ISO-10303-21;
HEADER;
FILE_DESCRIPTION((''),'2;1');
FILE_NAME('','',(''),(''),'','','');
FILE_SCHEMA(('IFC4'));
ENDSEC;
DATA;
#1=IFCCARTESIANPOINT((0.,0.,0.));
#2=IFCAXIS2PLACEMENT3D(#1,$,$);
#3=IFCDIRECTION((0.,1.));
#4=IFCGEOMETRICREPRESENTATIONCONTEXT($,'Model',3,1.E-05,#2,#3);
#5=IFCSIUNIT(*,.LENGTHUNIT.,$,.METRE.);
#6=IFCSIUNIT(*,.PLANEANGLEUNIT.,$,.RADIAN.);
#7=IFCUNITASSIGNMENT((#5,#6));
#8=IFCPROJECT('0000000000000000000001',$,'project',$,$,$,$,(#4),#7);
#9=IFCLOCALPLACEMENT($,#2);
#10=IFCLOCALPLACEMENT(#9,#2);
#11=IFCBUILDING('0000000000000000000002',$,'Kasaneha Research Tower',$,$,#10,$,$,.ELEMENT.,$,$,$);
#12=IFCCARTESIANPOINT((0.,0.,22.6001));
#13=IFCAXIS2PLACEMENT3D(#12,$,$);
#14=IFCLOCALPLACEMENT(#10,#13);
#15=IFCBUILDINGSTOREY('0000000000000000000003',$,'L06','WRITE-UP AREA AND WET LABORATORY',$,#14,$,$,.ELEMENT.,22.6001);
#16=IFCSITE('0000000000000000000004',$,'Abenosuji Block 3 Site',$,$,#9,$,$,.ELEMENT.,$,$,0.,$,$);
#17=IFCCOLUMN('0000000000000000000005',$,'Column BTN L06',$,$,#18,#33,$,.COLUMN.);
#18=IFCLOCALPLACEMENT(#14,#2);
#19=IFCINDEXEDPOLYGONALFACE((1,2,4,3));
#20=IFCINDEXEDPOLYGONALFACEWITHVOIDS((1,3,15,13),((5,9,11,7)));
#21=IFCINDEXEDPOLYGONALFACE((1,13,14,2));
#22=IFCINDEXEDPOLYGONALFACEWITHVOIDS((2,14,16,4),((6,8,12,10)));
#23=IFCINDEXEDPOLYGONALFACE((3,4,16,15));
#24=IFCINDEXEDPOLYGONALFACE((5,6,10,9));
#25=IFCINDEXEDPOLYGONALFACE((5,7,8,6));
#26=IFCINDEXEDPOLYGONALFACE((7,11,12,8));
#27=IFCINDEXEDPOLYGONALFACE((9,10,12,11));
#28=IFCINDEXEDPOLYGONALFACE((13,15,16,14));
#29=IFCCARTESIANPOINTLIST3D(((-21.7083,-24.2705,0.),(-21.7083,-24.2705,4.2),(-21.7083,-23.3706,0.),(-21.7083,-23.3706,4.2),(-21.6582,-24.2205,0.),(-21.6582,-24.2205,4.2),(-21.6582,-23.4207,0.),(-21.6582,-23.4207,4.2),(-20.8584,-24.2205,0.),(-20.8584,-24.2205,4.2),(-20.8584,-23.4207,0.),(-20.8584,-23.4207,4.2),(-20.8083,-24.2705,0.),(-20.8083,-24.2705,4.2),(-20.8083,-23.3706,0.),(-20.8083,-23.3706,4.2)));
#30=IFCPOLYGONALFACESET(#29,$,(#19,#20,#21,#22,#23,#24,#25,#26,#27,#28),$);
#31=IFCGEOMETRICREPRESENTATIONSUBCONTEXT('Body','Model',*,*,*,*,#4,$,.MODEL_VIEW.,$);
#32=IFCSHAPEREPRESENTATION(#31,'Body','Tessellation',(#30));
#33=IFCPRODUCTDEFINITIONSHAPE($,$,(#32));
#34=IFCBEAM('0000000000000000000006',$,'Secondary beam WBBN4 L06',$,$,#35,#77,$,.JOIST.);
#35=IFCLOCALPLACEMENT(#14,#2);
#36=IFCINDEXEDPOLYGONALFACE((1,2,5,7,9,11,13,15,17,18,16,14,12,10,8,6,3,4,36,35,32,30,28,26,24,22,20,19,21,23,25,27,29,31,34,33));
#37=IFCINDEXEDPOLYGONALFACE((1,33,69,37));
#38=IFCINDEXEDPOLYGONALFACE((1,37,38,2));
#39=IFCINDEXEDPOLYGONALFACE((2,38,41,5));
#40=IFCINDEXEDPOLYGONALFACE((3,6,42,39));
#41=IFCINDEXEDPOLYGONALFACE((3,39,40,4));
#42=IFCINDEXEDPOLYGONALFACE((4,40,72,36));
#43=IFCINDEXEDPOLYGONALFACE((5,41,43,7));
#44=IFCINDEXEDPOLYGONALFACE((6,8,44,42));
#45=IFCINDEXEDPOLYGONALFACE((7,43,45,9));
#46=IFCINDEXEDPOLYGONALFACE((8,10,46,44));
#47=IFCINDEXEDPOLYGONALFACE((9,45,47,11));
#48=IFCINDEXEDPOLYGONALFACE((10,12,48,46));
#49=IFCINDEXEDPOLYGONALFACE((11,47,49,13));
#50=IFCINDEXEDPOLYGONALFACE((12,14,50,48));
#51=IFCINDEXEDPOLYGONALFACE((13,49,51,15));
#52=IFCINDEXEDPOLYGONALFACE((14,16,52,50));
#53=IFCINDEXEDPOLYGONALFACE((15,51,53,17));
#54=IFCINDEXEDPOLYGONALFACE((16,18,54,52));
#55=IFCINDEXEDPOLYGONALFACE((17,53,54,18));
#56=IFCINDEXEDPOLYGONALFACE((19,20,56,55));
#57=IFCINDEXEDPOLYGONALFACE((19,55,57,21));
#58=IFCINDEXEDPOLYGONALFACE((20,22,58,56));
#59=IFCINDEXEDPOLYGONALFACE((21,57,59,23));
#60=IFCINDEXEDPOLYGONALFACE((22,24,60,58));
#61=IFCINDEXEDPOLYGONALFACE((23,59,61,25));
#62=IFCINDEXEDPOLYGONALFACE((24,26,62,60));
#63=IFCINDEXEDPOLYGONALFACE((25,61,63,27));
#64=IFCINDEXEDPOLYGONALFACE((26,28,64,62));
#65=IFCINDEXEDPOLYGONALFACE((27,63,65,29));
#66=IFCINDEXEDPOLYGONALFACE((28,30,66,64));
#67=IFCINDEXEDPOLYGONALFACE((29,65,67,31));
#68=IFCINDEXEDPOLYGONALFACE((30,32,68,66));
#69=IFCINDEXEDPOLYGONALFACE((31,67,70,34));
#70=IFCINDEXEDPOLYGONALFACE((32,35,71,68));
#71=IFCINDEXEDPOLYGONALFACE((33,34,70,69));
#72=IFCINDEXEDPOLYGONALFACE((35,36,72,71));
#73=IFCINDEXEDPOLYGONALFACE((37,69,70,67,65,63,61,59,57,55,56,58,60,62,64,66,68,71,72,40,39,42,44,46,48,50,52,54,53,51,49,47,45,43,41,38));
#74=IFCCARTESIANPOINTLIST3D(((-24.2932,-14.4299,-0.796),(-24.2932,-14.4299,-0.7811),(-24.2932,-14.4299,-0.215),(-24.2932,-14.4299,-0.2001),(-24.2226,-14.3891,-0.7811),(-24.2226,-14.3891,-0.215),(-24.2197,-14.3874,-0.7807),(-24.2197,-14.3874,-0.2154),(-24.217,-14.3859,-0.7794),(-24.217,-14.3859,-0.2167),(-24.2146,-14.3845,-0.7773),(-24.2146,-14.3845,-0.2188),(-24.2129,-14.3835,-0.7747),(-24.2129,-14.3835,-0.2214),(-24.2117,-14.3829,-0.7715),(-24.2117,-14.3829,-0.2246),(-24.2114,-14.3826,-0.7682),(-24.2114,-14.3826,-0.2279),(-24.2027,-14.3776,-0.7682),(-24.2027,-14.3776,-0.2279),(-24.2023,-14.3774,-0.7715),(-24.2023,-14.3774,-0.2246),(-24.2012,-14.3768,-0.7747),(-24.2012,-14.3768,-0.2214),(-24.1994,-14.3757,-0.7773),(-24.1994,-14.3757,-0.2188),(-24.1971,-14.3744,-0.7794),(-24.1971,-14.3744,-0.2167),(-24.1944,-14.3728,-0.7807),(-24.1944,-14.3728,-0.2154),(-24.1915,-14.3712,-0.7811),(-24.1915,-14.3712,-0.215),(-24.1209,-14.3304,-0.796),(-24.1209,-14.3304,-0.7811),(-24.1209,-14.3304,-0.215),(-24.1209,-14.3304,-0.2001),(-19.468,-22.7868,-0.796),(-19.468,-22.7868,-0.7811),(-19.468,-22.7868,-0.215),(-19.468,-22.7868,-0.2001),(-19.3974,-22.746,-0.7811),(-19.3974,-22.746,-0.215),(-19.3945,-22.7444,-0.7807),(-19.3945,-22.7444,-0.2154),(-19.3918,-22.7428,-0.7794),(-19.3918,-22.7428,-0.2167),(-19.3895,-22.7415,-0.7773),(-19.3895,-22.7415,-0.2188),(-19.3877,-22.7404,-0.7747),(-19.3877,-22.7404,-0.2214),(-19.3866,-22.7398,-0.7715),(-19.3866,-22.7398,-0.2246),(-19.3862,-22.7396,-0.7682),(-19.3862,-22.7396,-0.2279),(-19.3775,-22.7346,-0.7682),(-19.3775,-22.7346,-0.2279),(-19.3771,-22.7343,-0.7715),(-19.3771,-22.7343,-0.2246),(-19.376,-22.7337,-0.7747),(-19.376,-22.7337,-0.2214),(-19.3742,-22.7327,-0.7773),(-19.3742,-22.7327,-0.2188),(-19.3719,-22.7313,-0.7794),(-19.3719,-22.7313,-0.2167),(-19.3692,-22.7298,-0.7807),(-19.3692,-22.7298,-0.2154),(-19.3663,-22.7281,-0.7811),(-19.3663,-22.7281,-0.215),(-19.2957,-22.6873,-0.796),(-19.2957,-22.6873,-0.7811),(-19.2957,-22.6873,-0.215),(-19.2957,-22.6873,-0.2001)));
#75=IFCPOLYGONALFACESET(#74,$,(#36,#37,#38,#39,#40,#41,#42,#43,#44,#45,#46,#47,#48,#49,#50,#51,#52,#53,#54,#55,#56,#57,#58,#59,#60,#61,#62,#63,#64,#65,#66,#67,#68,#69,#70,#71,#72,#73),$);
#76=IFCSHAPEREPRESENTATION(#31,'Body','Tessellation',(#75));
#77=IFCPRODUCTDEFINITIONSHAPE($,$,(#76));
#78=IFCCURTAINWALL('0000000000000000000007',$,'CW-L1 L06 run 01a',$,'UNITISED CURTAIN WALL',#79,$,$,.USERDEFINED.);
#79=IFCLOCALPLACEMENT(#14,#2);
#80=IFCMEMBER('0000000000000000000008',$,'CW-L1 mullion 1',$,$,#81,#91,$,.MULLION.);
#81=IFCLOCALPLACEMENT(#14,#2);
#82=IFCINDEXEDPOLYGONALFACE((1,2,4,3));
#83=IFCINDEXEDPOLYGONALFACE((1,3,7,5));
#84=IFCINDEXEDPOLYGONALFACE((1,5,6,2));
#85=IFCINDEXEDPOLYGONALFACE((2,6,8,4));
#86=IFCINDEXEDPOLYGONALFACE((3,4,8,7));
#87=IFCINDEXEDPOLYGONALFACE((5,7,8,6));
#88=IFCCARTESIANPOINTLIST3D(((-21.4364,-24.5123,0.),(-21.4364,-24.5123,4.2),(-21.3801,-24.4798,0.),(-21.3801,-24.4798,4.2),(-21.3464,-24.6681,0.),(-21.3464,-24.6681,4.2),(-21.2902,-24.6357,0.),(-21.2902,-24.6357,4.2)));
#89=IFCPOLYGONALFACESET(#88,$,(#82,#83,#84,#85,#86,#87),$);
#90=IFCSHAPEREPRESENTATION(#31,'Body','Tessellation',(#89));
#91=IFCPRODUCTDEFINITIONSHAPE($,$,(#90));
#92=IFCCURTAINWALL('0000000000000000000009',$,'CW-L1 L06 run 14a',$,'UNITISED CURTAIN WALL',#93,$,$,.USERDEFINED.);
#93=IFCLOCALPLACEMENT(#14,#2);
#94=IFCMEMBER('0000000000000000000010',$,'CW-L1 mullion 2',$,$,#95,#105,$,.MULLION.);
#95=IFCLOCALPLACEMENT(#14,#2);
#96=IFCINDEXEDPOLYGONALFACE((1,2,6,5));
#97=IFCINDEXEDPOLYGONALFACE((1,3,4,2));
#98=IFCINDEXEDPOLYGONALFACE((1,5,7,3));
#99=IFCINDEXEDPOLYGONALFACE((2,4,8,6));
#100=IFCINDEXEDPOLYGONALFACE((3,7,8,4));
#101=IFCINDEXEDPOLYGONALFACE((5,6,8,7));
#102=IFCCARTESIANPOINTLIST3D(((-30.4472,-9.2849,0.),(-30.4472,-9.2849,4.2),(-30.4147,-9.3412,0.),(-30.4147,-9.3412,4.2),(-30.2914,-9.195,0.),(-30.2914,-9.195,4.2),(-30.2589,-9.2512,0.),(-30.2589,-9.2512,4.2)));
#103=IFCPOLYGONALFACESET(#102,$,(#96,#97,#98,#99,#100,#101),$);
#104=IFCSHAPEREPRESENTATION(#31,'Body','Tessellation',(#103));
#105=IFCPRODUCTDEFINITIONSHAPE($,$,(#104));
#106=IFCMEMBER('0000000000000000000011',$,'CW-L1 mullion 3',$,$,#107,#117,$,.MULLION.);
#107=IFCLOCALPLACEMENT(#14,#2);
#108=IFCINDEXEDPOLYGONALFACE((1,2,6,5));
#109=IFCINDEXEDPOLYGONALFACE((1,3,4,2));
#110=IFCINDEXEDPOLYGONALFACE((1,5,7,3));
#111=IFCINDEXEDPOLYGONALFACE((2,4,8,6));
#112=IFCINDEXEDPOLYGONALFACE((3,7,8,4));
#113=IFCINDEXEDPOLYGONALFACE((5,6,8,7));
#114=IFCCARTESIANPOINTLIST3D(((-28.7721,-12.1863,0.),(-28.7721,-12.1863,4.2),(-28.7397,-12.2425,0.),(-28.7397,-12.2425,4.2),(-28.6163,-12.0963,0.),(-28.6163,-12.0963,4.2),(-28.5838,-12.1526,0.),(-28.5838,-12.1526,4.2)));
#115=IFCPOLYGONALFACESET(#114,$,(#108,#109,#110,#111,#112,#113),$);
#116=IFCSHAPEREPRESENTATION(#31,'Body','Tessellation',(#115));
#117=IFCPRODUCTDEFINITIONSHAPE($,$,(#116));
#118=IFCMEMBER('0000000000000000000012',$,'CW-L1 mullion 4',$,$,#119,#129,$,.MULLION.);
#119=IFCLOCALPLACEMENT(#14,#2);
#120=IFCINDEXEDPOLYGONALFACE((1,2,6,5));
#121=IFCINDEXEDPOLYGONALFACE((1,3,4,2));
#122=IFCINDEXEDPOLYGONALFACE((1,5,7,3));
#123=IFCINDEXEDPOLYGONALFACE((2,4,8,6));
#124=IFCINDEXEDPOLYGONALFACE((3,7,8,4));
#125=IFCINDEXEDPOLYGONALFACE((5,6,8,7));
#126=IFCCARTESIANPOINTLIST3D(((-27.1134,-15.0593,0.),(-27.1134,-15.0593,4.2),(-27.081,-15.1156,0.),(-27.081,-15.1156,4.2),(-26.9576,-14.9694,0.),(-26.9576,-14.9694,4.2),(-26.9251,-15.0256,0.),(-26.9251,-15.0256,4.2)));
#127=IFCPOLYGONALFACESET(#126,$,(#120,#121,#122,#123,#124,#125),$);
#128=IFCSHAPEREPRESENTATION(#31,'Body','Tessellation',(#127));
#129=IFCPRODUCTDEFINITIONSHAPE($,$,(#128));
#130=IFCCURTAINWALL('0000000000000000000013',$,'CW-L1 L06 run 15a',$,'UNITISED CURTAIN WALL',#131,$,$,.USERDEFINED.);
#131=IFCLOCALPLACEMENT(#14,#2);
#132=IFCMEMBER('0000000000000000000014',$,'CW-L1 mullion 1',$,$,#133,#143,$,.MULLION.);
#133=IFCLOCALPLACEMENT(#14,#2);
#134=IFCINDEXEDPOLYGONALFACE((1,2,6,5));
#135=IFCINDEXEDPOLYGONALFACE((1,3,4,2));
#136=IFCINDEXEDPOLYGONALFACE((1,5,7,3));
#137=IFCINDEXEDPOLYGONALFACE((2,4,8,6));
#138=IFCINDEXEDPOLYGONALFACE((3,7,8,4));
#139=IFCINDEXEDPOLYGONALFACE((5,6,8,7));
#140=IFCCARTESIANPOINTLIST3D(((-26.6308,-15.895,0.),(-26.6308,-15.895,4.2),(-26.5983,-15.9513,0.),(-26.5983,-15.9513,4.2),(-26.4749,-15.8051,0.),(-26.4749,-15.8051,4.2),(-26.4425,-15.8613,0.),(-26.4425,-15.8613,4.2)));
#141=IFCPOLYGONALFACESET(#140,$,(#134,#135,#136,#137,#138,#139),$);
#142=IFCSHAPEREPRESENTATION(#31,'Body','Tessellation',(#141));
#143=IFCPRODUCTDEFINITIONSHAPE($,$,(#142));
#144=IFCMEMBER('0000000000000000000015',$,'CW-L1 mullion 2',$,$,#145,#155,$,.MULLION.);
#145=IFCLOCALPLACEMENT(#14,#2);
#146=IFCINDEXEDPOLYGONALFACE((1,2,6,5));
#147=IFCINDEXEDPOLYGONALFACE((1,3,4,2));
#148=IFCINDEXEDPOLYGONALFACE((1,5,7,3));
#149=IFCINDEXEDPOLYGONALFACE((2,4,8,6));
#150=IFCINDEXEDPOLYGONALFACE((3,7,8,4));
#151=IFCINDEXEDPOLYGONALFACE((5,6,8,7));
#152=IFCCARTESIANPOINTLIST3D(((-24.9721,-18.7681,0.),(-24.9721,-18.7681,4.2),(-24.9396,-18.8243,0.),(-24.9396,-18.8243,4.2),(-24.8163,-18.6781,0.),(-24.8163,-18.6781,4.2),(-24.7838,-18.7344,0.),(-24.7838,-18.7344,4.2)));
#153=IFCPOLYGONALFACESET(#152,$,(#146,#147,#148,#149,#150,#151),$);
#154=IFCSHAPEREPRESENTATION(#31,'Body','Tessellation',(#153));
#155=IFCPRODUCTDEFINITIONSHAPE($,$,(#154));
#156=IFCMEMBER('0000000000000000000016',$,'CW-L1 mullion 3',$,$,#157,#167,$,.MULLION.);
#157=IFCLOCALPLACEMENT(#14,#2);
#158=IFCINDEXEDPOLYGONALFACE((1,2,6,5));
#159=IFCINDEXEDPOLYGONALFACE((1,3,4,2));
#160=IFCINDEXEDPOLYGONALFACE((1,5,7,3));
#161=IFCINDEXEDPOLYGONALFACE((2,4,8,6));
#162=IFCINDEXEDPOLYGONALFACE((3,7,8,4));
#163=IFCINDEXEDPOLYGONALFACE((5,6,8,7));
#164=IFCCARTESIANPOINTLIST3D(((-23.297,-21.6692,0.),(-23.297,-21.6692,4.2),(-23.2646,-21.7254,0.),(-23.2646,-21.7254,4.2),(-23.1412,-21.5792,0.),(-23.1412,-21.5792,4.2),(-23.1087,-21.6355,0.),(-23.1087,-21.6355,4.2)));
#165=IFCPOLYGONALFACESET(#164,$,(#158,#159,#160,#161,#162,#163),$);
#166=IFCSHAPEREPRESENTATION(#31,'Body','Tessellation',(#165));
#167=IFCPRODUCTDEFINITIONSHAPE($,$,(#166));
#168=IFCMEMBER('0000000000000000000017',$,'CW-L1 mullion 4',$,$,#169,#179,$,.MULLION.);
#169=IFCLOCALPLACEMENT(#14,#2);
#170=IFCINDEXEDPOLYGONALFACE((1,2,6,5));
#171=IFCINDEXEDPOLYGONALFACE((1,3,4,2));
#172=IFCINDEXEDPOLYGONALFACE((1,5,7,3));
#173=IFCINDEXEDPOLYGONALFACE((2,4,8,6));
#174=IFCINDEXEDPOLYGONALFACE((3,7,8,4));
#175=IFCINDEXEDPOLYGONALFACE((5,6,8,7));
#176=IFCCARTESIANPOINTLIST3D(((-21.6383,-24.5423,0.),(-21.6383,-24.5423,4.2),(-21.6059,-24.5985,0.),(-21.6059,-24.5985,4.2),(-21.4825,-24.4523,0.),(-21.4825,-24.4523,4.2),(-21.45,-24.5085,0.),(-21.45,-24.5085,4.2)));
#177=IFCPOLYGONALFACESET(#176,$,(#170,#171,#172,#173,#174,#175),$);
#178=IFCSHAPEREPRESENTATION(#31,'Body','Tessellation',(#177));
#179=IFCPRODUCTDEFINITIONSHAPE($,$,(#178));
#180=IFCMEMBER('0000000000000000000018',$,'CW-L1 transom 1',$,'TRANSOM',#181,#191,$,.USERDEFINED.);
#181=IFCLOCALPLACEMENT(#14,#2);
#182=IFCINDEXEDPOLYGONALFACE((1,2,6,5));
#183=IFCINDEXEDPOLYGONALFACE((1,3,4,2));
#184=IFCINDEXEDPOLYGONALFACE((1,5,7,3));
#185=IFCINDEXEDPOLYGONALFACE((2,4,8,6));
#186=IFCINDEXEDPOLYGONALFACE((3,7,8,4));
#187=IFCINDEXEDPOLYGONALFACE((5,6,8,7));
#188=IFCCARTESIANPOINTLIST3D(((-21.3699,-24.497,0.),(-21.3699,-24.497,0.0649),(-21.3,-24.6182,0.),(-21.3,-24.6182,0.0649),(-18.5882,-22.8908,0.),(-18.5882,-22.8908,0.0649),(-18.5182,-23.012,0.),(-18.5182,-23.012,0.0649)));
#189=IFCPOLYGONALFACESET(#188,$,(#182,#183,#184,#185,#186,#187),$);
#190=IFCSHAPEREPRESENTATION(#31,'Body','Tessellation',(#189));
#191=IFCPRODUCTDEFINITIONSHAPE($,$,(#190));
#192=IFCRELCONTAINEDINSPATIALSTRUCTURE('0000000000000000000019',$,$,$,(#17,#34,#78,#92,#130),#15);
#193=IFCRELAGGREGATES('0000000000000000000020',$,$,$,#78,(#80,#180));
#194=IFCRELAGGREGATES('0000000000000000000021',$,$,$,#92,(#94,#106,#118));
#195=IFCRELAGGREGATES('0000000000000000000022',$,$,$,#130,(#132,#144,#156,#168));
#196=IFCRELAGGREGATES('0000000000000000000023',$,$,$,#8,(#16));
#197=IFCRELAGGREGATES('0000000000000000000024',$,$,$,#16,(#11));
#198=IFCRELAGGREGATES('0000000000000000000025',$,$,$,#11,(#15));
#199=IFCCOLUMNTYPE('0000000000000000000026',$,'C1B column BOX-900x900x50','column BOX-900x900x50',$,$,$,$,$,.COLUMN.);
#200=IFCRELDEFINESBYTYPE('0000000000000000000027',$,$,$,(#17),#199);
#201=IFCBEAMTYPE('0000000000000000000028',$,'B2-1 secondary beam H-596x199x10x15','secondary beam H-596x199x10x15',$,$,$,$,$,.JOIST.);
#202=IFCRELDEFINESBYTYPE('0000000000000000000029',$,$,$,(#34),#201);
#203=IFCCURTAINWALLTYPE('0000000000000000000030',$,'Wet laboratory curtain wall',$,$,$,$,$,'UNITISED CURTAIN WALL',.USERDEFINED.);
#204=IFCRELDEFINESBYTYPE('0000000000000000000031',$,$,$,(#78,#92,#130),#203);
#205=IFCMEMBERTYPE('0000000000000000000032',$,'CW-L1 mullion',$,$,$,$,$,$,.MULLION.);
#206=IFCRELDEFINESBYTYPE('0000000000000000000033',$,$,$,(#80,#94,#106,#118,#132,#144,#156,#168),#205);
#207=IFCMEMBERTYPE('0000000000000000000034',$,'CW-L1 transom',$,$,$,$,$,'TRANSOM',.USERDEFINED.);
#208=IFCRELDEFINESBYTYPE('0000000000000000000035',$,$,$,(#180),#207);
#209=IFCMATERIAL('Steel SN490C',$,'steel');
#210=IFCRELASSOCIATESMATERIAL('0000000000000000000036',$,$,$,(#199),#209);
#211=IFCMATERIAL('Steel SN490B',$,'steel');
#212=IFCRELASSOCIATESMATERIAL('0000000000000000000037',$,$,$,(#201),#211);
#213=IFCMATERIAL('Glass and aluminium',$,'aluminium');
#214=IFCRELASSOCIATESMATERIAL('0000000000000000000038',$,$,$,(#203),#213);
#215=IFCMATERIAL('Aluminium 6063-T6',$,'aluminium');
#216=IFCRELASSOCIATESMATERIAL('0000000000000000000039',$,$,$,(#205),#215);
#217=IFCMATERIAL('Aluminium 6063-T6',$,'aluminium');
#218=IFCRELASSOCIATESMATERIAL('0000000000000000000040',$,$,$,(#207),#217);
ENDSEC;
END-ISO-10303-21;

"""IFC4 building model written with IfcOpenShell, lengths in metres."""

from ifc_helpers import new_model, si_unit, direction, frame, origin, origin_2d, place, context, subcontext, project, spatial, rectangle, hollow_rectangle, i_section, extrude, material, material_profile, profile_set, type_object, element, aggregate, save


model = new_model("IFC4")

# Units and contexts
model_context = context("Model", 3, precision=1e-05, world=origin(), true_north=direction((0.0, 1.0)))
body_context = subcontext(model_context, "Body", "Model", "MODEL_VIEW")
ifc_project = project(units=[si_unit("LENGTHUNIT", "METRE"), si_unit("PLANEANGLEUNIT", "RADIAN")], contexts=[model_context])

# Site, building, storey
site_placement = place(None, origin())
site = spatial("IfcSite", under=ifc_project, at=site_placement, Name="Abenosuji Block 3 Site", CompositionType="ELEMENT", RefElevation=0.0)
building_placement = place(site_placement, origin())
building = spatial("IfcBuilding", under=site, at=building_placement, Name="Kasaneha Research Tower", CompositionType="ELEMENT")
storey_placement = place(building_placement, frame((0.0, 0.0, 22.6001)))
storey = spatial("IfcBuildingStorey", under=building, at=storey_placement, Name="L06", Description="WRITE-UP AREA AND WET LABORATORY", CompositionType="ELEMENT", Elevation=22.6001)

# Column
ifc_material_1 = material(Name="Steel SN490C", Category="steel")
ifc_material_profile_1 = material_profile(ifc_material_1, hollow_rectangle(XDim=0.8999, YDim=0.8999, WallThickness=0.05, at=origin_2d()), Name="BOX-900x900x50")
ifc_profile_set_1 = profile_set([ifc_material_profile_1], Name="Steel SN490C")
column_type = type_object("IfcColumnType", Name="C1B column BOX-900x900x50", Description="column BOX-900x900x50", PredefinedType="COLUMN", material=ifc_profile_set_1)
column_placement = place(storey_placement, frame((-21.2583, -23.8206, 0.0), z_axis=(0.0, 0.0, 1.0), x_axis=(1.0, 0.0, 0.0)))
element("IfcColumn", 1, at=column_placement, inside=storey, type_object=column_type, Name="Column BTN L06", PredefinedType="COLUMN", context=body_context, shape_type="SweptSolid", body=[
    extrude(hollow_rectangle(XDim=0.8999, YDim=0.8999, WallThickness=0.05, at=origin_2d()), origin(), (0.0, 0.0, 1.0), 4.2),
])

# Beam
ifc_material_2 = material(Name="Steel SN490B", Category="steel")
ifc_material_profile_2 = material_profile(ifc_material_2, i_section(OverallWidth=0.199, OverallDepth=0.5959, WebThickness=0.01, FlangeThickness=0.0149, FilletRadius=0.0129, at=origin_2d()), Name="H-596x199x10x15")
ifc_profile_set_2 = profile_set([ifc_material_profile_2], Name="Steel SN490B")
beam_type_1 = type_object("IfcBeamType", Name="B2-1 secondary beam H-596x199x10x15", Description="secondary beam H-596x199x10x15", PredefinedType="JOIST", material=ifc_profile_set_2)
beam_1_placement = place(storey_placement, frame((-19.3818, -22.7371, -0.498), z_axis=(-0.500025, 0.866011, 0.0), x_axis=(-0.866011, -0.500025, 0.0)))
element("IfcBeam", 2, at=beam_1_placement, inside=storey, type_object=beam_type_1, Name="Secondary beam WBBN4 L06", PredefinedType="JOIST", context=body_context, shape_type="SweptSolid", body=[
    extrude(i_section(OverallWidth=0.199, OverallDepth=0.5959, WebThickness=0.01, FlangeThickness=0.0149, FilletRadius=0.0129, at=origin_2d()), origin(), (0.0, 0.0, 1.0), 9.6499),
])

# Curtain wall, member
ifc_material_3 = material(Name="Glass and aluminium", Category="aluminium")
curtain_wall_type = type_object("IfcCurtainWallType", Name="Wet laboratory curtain wall", ElementType="UNITISED CURTAIN WALL", PredefinedType="USERDEFINED", material=ifc_material_3)
curtain_wall_1_placement = place(storey_placement, origin())
curtain_wall_1 = element("IfcCurtainWall", 3, at=curtain_wall_1_placement, inside=storey, type_object=curtain_wall_type, Name="CW-L1 L06 run 01a", ObjectType="UNITISED CURTAIN WALL", PredefinedType="USERDEFINED")
ifc_material_4 = material(Name="Aluminium 6063-T6", Category="aluminium")
ifc_material_profile_3 = material_profile(ifc_material_4, rectangle(XDim=0.0649, YDim=0.1799, at=origin_2d()), Name="CW-L1 mullion 65x180")
ifc_profile_set_3 = profile_set([ifc_material_profile_3], Name="Aluminium 6063-T6")
member_type_1 = type_object("IfcMemberType", Name="CW-L1 mullion", PredefinedType="MULLION", material=ifc_profile_set_3)
member_1_placement = place(storey_placement, frame((-21.3633, -24.574, 0.0), z_axis=(0.0, 0.0, 1.0), x_axis=(0.866025, 0.5, 0.0)))
member_1 = element("IfcMember", 4, at=member_1_placement, type_object=member_type_1, Name="CW-L1 mullion 1", PredefinedType="MULLION", context=body_context, shape_type="SweptSolid", body=[
    extrude(rectangle(XDim=0.0649, YDim=0.1799, at=origin_2d()), origin(), (0.0, 0.0, 1.0), 4.2),
])

# Curtain walls, members
curtain_wall_2_placement = place(storey_placement, origin())
curtain_wall_2 = element("IfcCurtainWall", 5, at=curtain_wall_2_placement, inside=storey, type_object=curtain_wall_type, Name="CW-L1 L06 run 14a", ObjectType="UNITISED CURTAIN WALL", PredefinedType="USERDEFINED")
member_2_placement = place(storey_placement, frame((-30.353, -9.2681, 0.0), z_axis=(0.0, 0.0, 1.0), x_axis=(0.5, -0.866025, 0.0)))
member_2 = element("IfcMember", 6, at=member_2_placement, type_object=member_type_1, Name="CW-L1 mullion 2", PredefinedType="MULLION", context=body_context, shape_type="SweptSolid", body=[
    extrude(rectangle(XDim=0.0649, YDim=0.1799, at=origin_2d()), origin(), (0.0, 0.0, 1.0), 4.2),
])
member_3_placement = place(storey_placement, frame((-28.678, -12.1694, 0.0), z_axis=(0.0, 0.0, 1.0), x_axis=(0.5, -0.866025, 0.0)))
member_3 = element("IfcMember", 7, at=member_3_placement, type_object=member_type_1, Name="CW-L1 mullion 3", PredefinedType="MULLION", context=body_context, shape_type="SweptSolid", body=[
    extrude(rectangle(XDim=0.0649, YDim=0.1799, at=origin_2d()), origin(), (0.0, 0.0, 1.0), 4.2),
])
member_4_placement = place(storey_placement, frame((-27.0193, -15.0425, 0.0), z_axis=(0.0, 0.0, 1.0), x_axis=(0.5, -0.866025, 0.0)))
member_4 = element("IfcMember", 8, at=member_4_placement, type_object=member_type_1, Name="CW-L1 mullion 4", PredefinedType="MULLION", context=body_context, shape_type="SweptSolid", body=[
    extrude(rectangle(XDim=0.0649, YDim=0.1799, at=origin_2d()), origin(), (0.0, 0.0, 1.0), 4.2),
])
curtain_wall_3_placement = place(storey_placement, origin())
curtain_wall_3 = element("IfcCurtainWall", 9, at=curtain_wall_3_placement, inside=storey, type_object=curtain_wall_type, Name="CW-L1 L06 run 15a", ObjectType="UNITISED CURTAIN WALL", PredefinedType="USERDEFINED")
member_5_placement = place(storey_placement, frame((-26.5366, -15.8782, 0.0), z_axis=(0.0, 0.0, 1.0), x_axis=(0.5, -0.866025, 0.0)))
member_5 = element("IfcMember", 10, at=member_5_placement, type_object=member_type_1, Name="CW-L1 mullion 1", PredefinedType="MULLION", context=body_context, shape_type="SweptSolid", body=[
    extrude(rectangle(XDim=0.0649, YDim=0.1799, at=origin_2d()), origin(), (0.0, 0.0, 1.0), 4.2),
])
member_6_placement = place(storey_placement, frame((-24.8779, -18.7512, 0.0), z_axis=(0.0, 0.0, 1.0), x_axis=(0.5, -0.866025, 0.0)))
member_6 = element("IfcMember", 11, at=member_6_placement, type_object=member_type_1, Name="CW-L1 mullion 2", PredefinedType="MULLION", context=body_context, shape_type="SweptSolid", body=[
    extrude(rectangle(XDim=0.0649, YDim=0.1799, at=origin_2d()), origin(), (0.0, 0.0, 1.0), 4.2),
])
member_7_placement = place(storey_placement, frame((-23.2029, -21.6523, 0.0), z_axis=(0.0, 0.0, 1.0), x_axis=(0.5, -0.866025, 0.0)))
member_7 = element("IfcMember", 12, at=member_7_placement, type_object=member_type_1, Name="CW-L1 mullion 3", PredefinedType="MULLION", context=body_context, shape_type="SweptSolid", body=[
    extrude(rectangle(XDim=0.0649, YDim=0.1799, at=origin_2d()), origin(), (0.0, 0.0, 1.0), 4.2),
])
member_8_placement = place(storey_placement, frame((-21.5442, -24.5254, 0.0), z_axis=(0.0, 0.0, 1.0), x_axis=(0.5, -0.866025, 0.0)))
member_8 = element("IfcMember", 13, at=member_8_placement, type_object=member_type_1, Name="CW-L1 mullion 4", PredefinedType="MULLION", context=body_context, shape_type="SweptSolid", body=[
    extrude(rectangle(XDim=0.0649, YDim=0.1799, at=origin_2d()), origin(), (0.0, 0.0, 1.0), 4.2),
])

# Member
ifc_material_5 = material(Name="Aluminium 6063-T6", Category="aluminium")
ifc_material_profile_4 = material_profile(ifc_material_5, rectangle(XDim=0.1399, YDim=0.0649, at=origin_2d()), Name="CW-L1 transom 140x65")
ifc_profile_set_4 = profile_set([ifc_material_profile_4], Name="Aluminium 6063-T6")
member_type_2 = type_object("IfcMemberType", Name="CW-L1 transom", ElementType="TRANSOM", PredefinedType="USERDEFINED", material=ifc_profile_set_4)
member_9_placement = place(storey_placement, frame((-21.335, -24.5576, 0.0325), z_axis=(0.866003, 0.500038, 0.0), x_axis=(-0.500038, 0.866003, 0.0)))
member_9 = element("IfcMember", 14, at=member_9_placement, type_object=member_type_2, Name="CW-L1 transom 1", ObjectType="TRANSOM", PredefinedType="USERDEFINED", context=body_context, shape_type="SweptSolid", body=[
    extrude(rectangle(XDim=0.1399, YDim=0.0649, at=origin_2d()), origin(), (0.0, 0.0, 1.0), 3.2122),
])

aggregate(curtain_wall_1, [member_1, member_9])
aggregate(curtain_wall_2, [member_2, member_3, member_4])
aggregate(curtain_wall_3, [member_5, member_6, member_7, member_8])

save(model, "model.ifc")
